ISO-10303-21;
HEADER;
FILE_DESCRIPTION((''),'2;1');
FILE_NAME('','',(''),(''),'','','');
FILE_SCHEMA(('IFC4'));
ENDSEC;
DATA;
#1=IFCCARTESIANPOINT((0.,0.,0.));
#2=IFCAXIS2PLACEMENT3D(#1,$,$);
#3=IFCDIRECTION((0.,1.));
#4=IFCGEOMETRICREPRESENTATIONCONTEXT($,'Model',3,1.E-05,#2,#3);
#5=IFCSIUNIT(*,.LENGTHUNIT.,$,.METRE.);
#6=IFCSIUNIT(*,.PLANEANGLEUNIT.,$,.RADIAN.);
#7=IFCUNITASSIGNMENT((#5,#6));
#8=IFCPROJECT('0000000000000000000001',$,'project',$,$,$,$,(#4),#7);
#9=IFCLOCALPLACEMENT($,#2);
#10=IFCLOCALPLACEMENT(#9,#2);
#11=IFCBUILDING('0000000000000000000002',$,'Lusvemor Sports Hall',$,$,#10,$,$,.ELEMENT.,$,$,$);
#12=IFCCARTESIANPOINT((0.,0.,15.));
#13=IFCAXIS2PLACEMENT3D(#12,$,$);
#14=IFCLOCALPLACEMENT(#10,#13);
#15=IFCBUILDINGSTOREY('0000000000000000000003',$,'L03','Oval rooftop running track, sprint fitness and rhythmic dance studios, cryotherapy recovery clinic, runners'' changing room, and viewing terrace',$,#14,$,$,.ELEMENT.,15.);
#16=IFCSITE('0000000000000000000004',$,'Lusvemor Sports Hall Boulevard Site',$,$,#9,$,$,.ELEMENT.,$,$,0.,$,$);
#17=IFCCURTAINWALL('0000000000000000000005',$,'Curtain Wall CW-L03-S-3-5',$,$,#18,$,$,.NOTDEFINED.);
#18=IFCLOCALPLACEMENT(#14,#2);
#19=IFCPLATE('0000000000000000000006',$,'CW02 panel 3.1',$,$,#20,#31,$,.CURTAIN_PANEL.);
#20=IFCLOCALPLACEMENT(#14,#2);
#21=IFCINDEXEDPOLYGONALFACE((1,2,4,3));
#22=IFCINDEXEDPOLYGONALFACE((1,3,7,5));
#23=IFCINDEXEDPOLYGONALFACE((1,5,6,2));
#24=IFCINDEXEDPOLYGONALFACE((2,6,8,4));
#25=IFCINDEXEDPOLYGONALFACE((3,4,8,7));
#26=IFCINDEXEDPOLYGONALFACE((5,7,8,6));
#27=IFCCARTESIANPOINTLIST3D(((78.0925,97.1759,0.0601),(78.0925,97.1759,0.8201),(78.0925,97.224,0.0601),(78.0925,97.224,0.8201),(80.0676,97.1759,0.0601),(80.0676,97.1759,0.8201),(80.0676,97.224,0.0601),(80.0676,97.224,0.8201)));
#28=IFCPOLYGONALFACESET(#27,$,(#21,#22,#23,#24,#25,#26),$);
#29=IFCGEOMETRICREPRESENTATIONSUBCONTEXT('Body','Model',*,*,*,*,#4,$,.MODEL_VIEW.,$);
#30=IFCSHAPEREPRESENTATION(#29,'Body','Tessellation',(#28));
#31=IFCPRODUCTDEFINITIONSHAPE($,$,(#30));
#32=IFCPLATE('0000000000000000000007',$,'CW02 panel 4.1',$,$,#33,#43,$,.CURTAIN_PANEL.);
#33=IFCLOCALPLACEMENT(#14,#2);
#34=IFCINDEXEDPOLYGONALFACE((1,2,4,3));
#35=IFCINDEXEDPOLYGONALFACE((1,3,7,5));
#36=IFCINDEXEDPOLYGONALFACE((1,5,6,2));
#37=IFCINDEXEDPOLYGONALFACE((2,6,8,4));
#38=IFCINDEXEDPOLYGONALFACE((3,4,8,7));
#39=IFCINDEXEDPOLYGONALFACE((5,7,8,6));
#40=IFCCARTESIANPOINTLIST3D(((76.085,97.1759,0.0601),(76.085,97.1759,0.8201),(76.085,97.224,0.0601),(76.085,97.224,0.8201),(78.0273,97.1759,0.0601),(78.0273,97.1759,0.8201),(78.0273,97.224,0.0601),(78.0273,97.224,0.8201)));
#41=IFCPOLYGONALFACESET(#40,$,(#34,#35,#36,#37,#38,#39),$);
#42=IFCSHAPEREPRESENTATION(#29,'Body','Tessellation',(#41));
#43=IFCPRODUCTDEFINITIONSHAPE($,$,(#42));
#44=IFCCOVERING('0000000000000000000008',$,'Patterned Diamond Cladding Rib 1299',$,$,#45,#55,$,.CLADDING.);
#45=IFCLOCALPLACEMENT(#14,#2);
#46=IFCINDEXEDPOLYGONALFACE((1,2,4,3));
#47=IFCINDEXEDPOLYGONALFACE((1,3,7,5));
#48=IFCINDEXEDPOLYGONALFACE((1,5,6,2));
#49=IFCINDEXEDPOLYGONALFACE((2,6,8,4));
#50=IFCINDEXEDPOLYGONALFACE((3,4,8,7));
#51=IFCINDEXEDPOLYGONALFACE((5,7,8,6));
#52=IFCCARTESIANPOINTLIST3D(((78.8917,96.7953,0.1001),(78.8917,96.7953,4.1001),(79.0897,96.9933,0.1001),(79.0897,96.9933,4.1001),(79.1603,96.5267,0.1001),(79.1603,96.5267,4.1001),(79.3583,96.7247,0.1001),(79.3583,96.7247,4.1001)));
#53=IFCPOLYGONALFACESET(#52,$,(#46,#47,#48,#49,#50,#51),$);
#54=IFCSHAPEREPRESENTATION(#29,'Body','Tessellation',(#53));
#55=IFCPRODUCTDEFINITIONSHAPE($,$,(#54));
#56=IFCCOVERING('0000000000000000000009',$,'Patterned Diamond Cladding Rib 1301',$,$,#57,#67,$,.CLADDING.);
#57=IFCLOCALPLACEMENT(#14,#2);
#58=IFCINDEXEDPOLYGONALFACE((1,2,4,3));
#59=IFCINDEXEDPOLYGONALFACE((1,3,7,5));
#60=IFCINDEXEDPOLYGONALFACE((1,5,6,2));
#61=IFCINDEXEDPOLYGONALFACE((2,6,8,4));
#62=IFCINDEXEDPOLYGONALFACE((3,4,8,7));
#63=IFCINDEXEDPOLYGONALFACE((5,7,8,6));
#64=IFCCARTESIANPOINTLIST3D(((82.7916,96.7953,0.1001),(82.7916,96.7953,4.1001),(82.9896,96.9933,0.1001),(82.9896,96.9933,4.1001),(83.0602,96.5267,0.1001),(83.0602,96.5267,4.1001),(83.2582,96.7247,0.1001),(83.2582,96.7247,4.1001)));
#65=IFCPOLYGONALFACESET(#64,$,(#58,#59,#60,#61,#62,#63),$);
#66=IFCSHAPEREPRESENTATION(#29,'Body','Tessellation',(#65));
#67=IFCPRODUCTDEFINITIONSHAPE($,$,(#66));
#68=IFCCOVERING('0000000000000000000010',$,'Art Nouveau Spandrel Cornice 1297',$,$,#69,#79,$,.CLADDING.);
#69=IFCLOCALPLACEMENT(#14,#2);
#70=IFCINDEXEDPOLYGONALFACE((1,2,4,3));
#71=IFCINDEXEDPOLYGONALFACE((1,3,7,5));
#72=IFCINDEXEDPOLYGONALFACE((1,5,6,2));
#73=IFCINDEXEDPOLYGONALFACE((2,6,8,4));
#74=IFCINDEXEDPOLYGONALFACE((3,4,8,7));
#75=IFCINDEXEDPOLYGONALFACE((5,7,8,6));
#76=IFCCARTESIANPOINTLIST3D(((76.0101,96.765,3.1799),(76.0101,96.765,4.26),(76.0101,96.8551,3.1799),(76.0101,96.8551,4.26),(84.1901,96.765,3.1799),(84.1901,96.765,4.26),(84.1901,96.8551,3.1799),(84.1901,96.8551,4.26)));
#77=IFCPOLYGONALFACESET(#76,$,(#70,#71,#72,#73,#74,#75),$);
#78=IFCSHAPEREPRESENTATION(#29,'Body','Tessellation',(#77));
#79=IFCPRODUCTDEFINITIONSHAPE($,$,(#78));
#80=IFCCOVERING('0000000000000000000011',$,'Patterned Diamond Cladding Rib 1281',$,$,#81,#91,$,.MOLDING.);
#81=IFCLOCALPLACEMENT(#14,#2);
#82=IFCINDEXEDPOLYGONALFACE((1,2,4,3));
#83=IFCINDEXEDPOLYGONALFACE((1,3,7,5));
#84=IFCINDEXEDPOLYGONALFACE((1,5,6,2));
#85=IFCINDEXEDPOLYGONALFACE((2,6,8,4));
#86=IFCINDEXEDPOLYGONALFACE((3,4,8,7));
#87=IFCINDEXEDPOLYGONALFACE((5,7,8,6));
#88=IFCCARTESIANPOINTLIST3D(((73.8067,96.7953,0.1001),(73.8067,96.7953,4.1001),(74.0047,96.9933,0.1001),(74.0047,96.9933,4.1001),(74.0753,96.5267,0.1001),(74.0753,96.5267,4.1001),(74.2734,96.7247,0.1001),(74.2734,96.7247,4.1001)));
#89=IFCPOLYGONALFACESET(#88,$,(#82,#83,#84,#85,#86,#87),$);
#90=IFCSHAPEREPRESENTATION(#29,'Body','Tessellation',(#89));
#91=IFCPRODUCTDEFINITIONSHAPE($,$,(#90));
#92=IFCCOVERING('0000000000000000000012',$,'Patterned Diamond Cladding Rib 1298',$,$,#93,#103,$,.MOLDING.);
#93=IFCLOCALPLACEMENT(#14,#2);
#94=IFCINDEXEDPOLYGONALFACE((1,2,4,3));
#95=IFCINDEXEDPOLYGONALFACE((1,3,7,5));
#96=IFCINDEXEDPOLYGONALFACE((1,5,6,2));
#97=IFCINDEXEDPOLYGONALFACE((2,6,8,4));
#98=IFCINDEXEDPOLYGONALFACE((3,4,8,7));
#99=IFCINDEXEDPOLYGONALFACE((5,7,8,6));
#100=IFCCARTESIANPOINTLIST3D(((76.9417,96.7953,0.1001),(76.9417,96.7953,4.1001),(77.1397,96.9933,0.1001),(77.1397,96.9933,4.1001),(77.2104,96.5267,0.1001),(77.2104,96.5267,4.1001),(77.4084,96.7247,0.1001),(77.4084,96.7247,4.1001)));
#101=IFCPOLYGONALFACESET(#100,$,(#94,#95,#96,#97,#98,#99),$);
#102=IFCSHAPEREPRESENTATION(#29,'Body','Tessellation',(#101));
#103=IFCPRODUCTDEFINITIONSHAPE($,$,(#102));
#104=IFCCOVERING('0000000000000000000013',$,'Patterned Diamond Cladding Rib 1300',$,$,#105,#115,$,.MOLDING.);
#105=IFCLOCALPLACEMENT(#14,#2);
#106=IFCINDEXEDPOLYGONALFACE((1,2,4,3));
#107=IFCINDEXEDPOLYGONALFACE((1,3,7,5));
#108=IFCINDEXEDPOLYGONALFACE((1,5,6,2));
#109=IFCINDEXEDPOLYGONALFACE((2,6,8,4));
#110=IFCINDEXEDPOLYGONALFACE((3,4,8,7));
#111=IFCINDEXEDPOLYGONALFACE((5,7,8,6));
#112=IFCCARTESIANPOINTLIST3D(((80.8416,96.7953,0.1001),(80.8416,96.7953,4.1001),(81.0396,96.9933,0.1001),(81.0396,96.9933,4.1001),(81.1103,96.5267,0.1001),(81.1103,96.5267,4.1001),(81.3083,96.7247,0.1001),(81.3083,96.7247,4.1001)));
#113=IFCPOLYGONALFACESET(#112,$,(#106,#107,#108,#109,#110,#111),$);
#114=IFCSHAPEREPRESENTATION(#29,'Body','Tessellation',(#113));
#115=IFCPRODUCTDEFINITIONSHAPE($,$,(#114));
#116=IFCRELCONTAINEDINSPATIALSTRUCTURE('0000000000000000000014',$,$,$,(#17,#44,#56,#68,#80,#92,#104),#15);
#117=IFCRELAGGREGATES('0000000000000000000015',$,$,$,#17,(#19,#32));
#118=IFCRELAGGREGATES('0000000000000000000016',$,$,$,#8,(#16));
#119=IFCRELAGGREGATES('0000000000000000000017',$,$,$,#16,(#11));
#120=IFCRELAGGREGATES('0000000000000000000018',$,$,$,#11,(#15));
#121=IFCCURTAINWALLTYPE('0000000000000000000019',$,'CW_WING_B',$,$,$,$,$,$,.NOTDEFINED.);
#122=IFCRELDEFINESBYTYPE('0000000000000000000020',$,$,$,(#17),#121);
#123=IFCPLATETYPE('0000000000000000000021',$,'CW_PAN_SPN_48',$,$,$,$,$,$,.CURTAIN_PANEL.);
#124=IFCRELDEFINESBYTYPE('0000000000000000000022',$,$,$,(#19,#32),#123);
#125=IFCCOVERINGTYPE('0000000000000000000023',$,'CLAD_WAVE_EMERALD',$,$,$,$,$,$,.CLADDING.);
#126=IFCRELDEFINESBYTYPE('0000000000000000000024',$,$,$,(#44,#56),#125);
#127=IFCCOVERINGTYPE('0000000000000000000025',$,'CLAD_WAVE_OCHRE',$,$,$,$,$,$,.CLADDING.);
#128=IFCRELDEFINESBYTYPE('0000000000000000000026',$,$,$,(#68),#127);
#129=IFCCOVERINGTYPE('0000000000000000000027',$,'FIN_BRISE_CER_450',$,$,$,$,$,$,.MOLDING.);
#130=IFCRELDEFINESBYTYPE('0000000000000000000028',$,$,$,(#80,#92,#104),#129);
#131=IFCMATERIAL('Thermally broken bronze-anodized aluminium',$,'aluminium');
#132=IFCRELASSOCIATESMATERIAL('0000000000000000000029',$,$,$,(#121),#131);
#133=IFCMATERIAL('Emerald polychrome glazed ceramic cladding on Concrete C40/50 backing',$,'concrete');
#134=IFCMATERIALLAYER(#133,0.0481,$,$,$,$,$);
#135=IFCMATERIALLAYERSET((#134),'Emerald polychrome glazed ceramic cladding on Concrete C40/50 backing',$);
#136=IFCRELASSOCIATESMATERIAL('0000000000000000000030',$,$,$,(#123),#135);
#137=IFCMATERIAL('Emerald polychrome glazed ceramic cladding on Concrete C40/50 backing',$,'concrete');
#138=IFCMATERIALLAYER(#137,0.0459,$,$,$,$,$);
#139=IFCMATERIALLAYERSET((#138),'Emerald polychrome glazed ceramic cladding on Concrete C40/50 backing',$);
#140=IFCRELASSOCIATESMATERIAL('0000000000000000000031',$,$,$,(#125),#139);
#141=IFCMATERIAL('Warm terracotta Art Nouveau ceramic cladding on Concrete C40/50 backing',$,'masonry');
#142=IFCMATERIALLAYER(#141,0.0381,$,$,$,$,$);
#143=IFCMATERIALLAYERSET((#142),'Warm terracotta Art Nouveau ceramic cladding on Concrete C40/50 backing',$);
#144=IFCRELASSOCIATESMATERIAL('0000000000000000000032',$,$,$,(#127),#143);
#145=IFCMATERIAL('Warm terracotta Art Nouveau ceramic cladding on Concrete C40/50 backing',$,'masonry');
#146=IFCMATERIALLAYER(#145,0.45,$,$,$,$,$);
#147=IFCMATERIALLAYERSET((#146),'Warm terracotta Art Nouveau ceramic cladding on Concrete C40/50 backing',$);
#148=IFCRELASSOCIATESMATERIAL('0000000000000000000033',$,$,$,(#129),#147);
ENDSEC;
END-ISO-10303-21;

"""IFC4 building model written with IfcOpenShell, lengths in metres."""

from ifc_helpers import new_model, si_unit, direction, frame, origin, origin_2d, place, context, subcontext, project, spatial, rectangle, extrude, material, layer, layer_set, type_object, element, aggregate, save


model = new_model("IFC4")

# Units and contexts
model_context = context("Model", 3, precision=1e-05, world=origin(), true_north=direction((0.0, 1.0)))
body_context = subcontext(model_context, "Body", "Model", "MODEL_VIEW")
ifc_project = project(units=[si_unit("LENGTHUNIT", "METRE"), si_unit("PLANEANGLEUNIT", "RADIAN")], contexts=[model_context])

# Site, building, storey
site_placement = place(None, origin())
site = spatial("IfcSite", under=ifc_project, at=site_placement, Name="Lusvemor Sports Hall Boulevard Site", CompositionType="ELEMENT", RefElevation=0.0)
building_placement = place(site_placement, origin())
building = spatial("IfcBuilding", under=site, at=building_placement, Name="Lusvemor Sports Hall", CompositionType="ELEMENT")
storey_placement = place(building_placement, frame((0.0, 0.0, 15.0)))
storey = spatial("IfcBuildingStorey", under=building, at=storey_placement, Name="L03", Description="Oval rooftop running track, sprint fitness and rhythmic dance studios, cryotherapy recovery clinic, runners' changing room, and viewing terrace", CompositionType="ELEMENT", Elevation=15.0)

# Shared definitions
ifc_material_1 = material(Name="Thermally broken bronze-anodized aluminium", Category="aluminium")
curtain_wall_type = type_object("IfcCurtainWallType", Name="CW_WING_B", PredefinedType="NOTDEFINED", material=ifc_material_1)

# Curtain wall
curtain_wall_1_placement = place(storey_placement, origin())
curtain_wall_1 = element("IfcCurtainWall", 1, at=curtain_wall_1_placement, inside=storey, type_object=curtain_wall_type, Name="Curtain Wall CW-L03-S-3-5", PredefinedType="NOTDEFINED")

# Plates
ifc_material_2 = material(Name="Emerald polychrome glazed ceramic cladding on Concrete C40/50 backing", Category="concrete")
ifc_layer_1 = layer(ifc_material_2, 0.0481)
ifc_layer_set_1 = layer_set([ifc_layer_1], Name="Emerald polychrome glazed ceramic cladding on Concrete C40/50 backing")
plate_type_1 = type_object("IfcPlateType", Name="CW_PAN_SPN_48", PredefinedType="CURTAIN_PANEL", material=ifc_layer_set_1)
plate_1_placement = place(storey_placement, frame((79.0801, 97.2, 0.0601), z_axis=(0.0, 0.0, 1.0), x_axis=(-1.0, 0.0, 0.0)))
plate_1 = element("IfcPlate", 2, at=plate_1_placement, type_object=plate_type_1, Name="CW02 panel 3.1", PredefinedType="CURTAIN_PANEL", context=body_context, shape_type="SweptSolid", body=[
    extrude(rectangle(XDim=1.9751, YDim=0.0481, at=origin_2d()), origin(), (0.0, 0.0, 1.0), 0.76),
])
plate_2_placement = place(storey_placement, frame((77.0562, 97.2, 0.0601), z_axis=(0.0, 0.0, 1.0), x_axis=(-1.0, 0.0, 0.0)))
plate_2 = element("IfcPlate", 3, at=plate_2_placement, type_object=plate_type_1, Name="CW02 panel 4.1", PredefinedType="CURTAIN_PANEL", context=body_context, shape_type="SweptSolid", body=[
    extrude(rectangle(XDim=1.9424, YDim=0.0481, at=origin_2d()), origin(), (0.0, 0.0, 1.0), 0.76),
])
aggregate(curtain_wall_1, [plate_1, plate_2])

# Coverings
ifc_material_3 = material(Name="Emerald polychrome glazed ceramic cladding on Concrete C40/50 backing", Category="concrete")
ifc_layer_2 = layer(ifc_material_3, 0.0459)
ifc_layer_set_2 = layer_set([ifc_layer_2], Name="Emerald polychrome glazed ceramic cladding on Concrete C40/50 backing")
covering_type_1 = type_object("IfcCoveringType", Name="CLAD_WAVE_EMERALD", PredefinedType="CLADDING", material=ifc_layer_set_2)
for number, where, z_axis, x_axis, name in (
    (4, (79.125, 96.76, 0.1001), (0.0, 0.0, 1.0), (0.707107, 0.707107, 0.0), "Patterned Diamond Cladding Rib 1299"),
    (5, (83.0249, 96.76, 0.1001), (0.0, 0.0, 1.0), (0.707107, 0.707107, 0.0), "Patterned Diamond Cladding Rib 1301"),
):
    element("IfcCovering", number, at=place(storey_placement, frame(where, z_axis=z_axis, x_axis=x_axis)), inside=storey, type_object=covering_type_1, Name=name, PredefinedType="CLADDING", context=body_context, shape_type="SweptSolid", body=[
        extrude(rectangle(XDim=0.28, YDim=0.3799, at=origin_2d()), origin(), (0.0, 0.0, 1.0), 4.0),
    ])
ifc_material_4 = material(Name="Warm terracotta Art Nouveau ceramic cladding on Concrete C40/50 backing", Category="masonry")
ifc_layer_3 = layer(ifc_material_4, 0.0381)
ifc_layer_set_3 = layer_set([ifc_layer_3], Name="Warm terracotta Art Nouveau ceramic cladding on Concrete C40/50 backing")
covering_type_2 = type_object("IfcCoveringType", Name="CLAD_WAVE_OCHRE", PredefinedType="CLADDING", material=ifc_layer_set_3)
covering_placement = place(storey_placement, frame((80.1001, 96.8101, 3.1799), z_axis=(0.0, 0.0, 1.0), x_axis=(1.0, 0.0, 0.0)))
element("IfcCovering", 6, at=covering_placement, inside=storey, type_object=covering_type_2, Name="Art Nouveau Spandrel Cornice 1297", PredefinedType="CLADDING", context=body_context, shape_type="SweptSolid", body=[
    extrude(rectangle(XDim=8.1799, YDim=0.0901, at=origin_2d()), origin(), (0.0, 0.0, 1.0), 1.0801),
])
ifc_material_5 = material(Name="Warm terracotta Art Nouveau ceramic cladding on Concrete C40/50 backing", Category="masonry")
ifc_layer_4 = layer(ifc_material_5, 0.45)
ifc_layer_set_4 = layer_set([ifc_layer_4], Name="Warm terracotta Art Nouveau ceramic cladding on Concrete C40/50 backing")
covering_type_3 = type_object("IfcCoveringType", Name="FIN_BRISE_CER_450", PredefinedType="MOLDING", material=ifc_layer_set_4)
for number, where, z_axis, x_axis, name in (
    (7, (74.04, 96.76, 0.1001), (0.0, 0.0, 1.0), (0.707107, 0.707107, 0.0), "Patterned Diamond Cladding Rib 1281"),
    (8, (77.175, 96.76, 0.1001), (0.0, 0.0, 1.0), (0.707107, 0.707107, 0.0), "Patterned Diamond Cladding Rib 1298"),
    (9, (81.075, 96.76, 0.1001), (0.0, 0.0, 1.0), (0.707107, 0.707107, 0.0), "Patterned Diamond Cladding Rib 1300"),
):
    element("IfcCovering", number, at=place(storey_placement, frame(where, z_axis=z_axis, x_axis=x_axis)), inside=storey, type_object=covering_type_3, Name=name, PredefinedType="MOLDING", context=body_context, shape_type="SweptSolid", body=[
        extrude(rectangle(XDim=0.28, YDim=0.3799, at=origin_2d()), origin(), (0.0, 0.0, 1.0), 4.0),
    ])

save(model, "model.ifc")
